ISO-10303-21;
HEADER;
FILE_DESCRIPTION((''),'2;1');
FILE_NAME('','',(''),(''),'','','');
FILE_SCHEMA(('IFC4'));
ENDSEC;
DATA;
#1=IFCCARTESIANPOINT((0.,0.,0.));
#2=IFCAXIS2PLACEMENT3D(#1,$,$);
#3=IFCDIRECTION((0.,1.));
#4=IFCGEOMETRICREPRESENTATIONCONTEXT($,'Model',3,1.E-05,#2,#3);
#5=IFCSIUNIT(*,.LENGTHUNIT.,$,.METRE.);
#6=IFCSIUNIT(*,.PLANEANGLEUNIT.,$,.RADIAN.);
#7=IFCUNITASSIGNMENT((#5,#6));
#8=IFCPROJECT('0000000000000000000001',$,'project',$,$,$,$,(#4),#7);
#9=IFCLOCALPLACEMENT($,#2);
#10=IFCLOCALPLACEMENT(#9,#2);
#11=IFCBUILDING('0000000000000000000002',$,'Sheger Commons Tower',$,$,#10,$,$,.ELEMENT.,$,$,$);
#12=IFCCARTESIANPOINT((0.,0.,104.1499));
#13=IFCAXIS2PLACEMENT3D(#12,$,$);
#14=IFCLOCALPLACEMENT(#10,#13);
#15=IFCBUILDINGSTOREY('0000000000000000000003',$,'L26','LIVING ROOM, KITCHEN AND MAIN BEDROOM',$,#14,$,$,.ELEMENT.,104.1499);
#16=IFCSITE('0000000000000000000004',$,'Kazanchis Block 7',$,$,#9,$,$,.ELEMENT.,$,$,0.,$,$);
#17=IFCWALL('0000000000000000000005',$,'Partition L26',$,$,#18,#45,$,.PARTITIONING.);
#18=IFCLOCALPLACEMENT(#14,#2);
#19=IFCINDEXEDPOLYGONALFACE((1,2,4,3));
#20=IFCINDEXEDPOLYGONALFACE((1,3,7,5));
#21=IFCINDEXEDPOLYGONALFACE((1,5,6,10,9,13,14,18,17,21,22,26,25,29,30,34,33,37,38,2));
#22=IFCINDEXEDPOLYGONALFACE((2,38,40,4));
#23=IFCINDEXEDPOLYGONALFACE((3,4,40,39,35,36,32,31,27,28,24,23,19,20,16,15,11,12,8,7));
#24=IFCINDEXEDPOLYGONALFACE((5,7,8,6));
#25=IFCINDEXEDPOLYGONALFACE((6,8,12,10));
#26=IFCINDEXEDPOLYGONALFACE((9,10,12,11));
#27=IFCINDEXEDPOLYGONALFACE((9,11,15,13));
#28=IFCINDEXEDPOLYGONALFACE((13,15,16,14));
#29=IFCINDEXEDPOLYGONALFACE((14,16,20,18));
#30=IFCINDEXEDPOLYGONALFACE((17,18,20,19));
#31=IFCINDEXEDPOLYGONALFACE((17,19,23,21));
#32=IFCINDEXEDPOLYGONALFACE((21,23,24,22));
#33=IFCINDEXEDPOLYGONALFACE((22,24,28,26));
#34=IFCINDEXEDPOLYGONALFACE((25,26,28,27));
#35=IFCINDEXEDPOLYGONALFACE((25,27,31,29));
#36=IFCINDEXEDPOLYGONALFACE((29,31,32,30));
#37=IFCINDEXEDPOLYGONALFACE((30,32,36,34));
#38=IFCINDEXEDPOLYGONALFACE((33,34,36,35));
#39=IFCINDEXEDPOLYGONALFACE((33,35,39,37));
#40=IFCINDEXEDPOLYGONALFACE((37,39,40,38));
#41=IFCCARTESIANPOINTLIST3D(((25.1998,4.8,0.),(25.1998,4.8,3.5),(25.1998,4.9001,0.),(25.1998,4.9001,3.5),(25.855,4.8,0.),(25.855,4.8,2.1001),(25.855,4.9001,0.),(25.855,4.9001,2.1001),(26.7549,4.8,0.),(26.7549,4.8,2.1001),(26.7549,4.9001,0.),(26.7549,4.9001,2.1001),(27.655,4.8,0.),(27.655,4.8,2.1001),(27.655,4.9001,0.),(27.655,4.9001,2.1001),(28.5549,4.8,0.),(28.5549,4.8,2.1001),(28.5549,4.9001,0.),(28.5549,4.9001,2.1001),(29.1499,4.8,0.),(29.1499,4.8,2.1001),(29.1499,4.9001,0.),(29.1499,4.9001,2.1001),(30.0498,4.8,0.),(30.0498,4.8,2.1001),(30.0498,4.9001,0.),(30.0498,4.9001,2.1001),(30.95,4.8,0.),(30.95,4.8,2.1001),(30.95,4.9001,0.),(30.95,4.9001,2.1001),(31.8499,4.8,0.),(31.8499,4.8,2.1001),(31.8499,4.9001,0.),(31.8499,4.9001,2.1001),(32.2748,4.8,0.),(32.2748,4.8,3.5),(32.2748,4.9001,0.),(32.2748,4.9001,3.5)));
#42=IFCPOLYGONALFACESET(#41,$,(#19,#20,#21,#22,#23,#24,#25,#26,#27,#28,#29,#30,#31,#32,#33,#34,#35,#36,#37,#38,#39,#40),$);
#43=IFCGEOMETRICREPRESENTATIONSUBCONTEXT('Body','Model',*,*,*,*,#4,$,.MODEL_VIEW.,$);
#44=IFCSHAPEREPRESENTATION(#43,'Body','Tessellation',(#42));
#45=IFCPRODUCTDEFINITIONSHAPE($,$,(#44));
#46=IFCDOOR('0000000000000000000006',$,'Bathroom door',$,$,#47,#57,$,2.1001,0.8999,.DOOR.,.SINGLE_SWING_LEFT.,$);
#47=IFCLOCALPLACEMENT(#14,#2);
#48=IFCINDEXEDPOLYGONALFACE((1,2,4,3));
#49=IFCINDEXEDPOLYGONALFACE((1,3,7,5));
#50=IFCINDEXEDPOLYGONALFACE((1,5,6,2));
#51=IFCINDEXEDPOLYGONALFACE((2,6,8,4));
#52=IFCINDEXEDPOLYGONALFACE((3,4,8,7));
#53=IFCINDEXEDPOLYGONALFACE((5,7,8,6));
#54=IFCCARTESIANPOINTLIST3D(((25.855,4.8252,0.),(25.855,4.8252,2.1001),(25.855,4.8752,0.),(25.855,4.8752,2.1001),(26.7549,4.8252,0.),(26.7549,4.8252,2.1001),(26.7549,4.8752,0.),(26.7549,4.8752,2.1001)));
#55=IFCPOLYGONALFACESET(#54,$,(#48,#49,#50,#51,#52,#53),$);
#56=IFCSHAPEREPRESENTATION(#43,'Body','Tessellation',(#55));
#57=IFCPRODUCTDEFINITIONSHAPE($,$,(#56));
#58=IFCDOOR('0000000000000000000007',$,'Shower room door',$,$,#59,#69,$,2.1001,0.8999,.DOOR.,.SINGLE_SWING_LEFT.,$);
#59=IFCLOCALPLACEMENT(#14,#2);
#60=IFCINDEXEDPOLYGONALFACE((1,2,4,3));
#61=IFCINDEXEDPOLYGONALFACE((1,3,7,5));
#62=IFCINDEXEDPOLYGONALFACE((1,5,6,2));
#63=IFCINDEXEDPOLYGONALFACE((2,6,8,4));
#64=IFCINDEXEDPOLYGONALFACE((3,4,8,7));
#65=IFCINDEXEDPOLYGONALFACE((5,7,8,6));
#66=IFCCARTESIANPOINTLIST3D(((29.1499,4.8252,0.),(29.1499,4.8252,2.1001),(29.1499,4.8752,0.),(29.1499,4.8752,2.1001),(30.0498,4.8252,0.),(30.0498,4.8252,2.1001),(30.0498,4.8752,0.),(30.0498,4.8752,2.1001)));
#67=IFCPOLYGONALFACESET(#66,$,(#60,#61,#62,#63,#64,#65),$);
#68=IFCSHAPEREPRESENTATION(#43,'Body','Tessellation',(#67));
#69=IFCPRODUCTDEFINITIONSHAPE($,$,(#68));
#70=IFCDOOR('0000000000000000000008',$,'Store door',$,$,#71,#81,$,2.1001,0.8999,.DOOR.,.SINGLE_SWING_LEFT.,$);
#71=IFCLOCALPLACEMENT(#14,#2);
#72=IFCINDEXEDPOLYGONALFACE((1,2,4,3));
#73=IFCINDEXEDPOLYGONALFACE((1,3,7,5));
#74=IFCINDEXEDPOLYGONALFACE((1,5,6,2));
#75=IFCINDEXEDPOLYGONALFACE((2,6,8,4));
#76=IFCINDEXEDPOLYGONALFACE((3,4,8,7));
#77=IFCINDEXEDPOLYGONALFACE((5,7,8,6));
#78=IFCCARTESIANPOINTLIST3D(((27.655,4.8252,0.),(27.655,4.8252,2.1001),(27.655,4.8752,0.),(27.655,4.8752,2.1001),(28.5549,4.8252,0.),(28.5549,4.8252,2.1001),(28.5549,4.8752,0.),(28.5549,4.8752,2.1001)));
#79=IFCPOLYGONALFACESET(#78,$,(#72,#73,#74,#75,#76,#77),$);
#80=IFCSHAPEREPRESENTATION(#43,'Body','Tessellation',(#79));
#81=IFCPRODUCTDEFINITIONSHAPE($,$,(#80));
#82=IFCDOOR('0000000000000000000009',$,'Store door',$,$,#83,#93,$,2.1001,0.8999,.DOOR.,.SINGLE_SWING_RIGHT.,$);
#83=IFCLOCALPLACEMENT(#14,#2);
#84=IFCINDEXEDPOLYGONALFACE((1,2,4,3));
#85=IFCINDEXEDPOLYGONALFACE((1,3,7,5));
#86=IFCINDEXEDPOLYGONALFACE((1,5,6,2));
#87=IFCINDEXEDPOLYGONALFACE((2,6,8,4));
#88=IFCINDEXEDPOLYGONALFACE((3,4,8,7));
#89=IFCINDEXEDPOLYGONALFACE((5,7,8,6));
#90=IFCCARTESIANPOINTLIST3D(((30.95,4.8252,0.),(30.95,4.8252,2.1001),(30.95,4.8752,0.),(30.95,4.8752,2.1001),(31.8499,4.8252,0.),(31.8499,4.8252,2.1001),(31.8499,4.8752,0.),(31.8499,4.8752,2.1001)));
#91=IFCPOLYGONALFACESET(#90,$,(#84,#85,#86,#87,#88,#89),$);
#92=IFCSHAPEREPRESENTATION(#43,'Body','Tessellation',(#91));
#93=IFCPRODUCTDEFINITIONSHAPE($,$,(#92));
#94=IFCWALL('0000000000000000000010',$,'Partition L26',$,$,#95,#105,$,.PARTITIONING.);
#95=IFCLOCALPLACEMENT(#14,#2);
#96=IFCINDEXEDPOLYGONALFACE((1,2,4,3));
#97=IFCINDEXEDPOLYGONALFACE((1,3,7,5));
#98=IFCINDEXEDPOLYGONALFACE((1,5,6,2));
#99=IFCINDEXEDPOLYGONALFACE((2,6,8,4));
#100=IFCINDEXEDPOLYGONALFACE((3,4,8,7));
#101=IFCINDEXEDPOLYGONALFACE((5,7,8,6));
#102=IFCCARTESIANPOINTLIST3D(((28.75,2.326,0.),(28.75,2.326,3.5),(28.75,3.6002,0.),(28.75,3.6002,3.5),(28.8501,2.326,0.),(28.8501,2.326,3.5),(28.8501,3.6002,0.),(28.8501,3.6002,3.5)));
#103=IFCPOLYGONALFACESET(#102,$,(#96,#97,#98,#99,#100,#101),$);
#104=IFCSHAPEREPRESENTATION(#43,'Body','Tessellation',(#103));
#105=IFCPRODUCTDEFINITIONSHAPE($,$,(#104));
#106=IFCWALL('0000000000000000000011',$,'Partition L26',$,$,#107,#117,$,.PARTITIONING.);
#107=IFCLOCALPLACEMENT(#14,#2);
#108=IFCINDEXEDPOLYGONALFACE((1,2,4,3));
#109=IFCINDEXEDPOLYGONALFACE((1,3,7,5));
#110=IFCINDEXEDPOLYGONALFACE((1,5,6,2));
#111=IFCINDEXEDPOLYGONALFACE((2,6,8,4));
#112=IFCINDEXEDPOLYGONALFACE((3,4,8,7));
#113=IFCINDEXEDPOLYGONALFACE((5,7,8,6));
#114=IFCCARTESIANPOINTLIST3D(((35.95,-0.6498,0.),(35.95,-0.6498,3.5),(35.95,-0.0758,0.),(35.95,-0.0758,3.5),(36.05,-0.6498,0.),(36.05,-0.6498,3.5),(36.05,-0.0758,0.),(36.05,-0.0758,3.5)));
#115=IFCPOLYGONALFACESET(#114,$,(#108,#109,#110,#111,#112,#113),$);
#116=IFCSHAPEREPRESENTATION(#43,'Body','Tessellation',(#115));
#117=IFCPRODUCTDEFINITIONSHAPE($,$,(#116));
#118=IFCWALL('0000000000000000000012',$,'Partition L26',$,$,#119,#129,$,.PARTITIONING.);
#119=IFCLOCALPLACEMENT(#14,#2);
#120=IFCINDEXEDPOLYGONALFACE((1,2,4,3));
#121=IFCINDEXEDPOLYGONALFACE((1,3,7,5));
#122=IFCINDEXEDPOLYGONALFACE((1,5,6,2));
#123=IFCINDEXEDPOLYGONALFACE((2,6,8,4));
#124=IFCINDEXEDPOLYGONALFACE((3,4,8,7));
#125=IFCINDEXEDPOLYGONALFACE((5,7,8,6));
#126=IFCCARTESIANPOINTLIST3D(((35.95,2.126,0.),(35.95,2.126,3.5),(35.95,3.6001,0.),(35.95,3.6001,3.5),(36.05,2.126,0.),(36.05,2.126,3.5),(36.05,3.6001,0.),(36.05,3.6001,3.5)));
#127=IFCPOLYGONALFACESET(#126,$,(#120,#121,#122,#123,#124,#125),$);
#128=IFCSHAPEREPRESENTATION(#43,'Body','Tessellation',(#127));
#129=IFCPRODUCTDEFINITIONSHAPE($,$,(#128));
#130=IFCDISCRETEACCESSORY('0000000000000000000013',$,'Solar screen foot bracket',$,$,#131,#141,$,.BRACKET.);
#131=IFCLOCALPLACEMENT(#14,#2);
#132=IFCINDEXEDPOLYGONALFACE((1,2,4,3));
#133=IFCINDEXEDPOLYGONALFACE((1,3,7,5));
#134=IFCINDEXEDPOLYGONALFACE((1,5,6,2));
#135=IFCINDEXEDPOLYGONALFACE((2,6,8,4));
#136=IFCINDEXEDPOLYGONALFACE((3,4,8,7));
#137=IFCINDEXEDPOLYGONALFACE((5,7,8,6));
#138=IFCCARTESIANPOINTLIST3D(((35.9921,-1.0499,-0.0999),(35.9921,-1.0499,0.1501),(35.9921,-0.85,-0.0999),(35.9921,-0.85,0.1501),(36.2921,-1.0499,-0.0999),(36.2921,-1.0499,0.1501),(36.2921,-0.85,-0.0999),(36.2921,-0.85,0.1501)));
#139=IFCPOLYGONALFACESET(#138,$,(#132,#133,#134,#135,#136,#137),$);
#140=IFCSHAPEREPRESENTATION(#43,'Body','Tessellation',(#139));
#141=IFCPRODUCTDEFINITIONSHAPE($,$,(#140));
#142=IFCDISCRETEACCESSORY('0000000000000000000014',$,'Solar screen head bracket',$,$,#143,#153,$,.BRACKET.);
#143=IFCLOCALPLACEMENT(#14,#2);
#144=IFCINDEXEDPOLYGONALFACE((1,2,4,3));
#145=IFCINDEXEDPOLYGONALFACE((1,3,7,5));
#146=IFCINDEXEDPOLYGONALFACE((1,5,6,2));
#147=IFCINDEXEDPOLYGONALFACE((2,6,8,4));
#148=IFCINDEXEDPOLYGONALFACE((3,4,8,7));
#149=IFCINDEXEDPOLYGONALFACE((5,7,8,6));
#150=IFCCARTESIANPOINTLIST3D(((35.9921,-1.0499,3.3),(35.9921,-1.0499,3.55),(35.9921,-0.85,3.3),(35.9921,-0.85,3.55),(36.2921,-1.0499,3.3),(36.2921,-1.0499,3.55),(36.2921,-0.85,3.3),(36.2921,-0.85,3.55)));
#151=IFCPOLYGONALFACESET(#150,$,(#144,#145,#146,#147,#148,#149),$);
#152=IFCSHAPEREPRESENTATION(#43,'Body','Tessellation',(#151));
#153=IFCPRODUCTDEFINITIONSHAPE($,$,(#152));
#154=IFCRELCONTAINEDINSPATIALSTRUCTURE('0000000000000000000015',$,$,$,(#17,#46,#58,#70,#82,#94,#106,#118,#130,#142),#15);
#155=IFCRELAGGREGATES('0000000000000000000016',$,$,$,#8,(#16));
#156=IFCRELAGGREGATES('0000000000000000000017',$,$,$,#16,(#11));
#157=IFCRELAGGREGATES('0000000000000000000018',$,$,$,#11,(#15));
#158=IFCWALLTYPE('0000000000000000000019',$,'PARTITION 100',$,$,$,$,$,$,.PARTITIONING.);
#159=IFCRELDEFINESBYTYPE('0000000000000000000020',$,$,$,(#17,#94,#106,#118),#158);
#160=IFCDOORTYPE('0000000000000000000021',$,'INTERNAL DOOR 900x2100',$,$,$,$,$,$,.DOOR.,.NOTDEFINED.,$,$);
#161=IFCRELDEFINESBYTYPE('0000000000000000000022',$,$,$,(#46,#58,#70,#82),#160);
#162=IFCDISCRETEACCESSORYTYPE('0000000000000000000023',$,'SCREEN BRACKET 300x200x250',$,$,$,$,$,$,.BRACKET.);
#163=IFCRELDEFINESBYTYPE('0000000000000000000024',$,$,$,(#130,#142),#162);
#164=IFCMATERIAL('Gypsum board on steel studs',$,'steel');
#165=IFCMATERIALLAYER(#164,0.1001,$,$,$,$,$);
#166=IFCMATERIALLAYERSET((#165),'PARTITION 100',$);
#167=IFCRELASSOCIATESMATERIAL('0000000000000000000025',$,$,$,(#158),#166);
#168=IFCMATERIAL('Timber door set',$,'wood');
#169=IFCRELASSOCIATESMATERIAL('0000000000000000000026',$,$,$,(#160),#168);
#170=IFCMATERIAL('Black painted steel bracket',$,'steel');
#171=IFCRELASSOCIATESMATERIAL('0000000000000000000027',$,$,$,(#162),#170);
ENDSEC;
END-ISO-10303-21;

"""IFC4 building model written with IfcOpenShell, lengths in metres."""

from ifc_helpers import new_model, si_unit, direction, frame, frame_2d, origin, origin_2d, place, context, subcontext, project, spatial, rectangle, extrude, material, layer, layer_set, type_object, element, fill, save


model = new_model("IFC4")

# Units and contexts
model_context = context("Model", 3, precision=1e-05, world=origin(), true_north=direction((0.0, 1.0)))
body_context = subcontext(model_context, "Body", "Model", "MODEL_VIEW")
ifc_project = project(units=[si_unit("LENGTHUNIT", "METRE"), si_unit("PLANEANGLEUNIT", "RADIAN")], contexts=[model_context])

# Site, building, storey
site_placement = place(None, origin())
site = spatial("IfcSite", under=ifc_project, at=site_placement, Name="Kazanchis Block 7", CompositionType="ELEMENT", RefElevation=0.0)
building_placement = place(site_placement, origin())
building = spatial("IfcBuilding", under=site, at=building_placement, Name="Sheger Commons Tower", CompositionType="ELEMENT")
storey_placement = place(building_placement, frame((0.0, 0.0, 104.1499)))
storey = spatial("IfcBuildingStorey", under=building, at=storey_placement, Name="L26", Description="LIVING ROOM, KITCHEN AND MAIN BEDROOM", CompositionType="ELEMENT", Elevation=104.1499)

# Wall, openings, doors
ifc_material_1 = material(Name="Gypsum board on steel studs", Category="steel")
ifc_layer_1 = layer(ifc_material_1, 0.1001)
ifc_layer_set_1 = layer_set([ifc_layer_1], Name="PARTITION 100")
wall_type_1 = type_object("IfcWallType", Name="PARTITION 100", PredefinedType="PARTITIONING", material=ifc_layer_set_1)
ifc_material_2 = material(Name="Timber door set", Category="wood")
door_type = type_object("IfcDoorType", Name="INTERNAL DOOR 900x2100", OperationType="NOTDEFINED", PredefinedType="DOOR", material=ifc_material_2)
wall_1_placement = place(storey_placement, frame((32.2749, 4.8501, 0.0), z_axis=(0.0, 0.0, 1.0), x_axis=(-1.0, 0.0, 0.0)))
wall_1 = element("IfcWall", 1, at=wall_1_placement, inside=storey, type_object=wall_type_1, Name="Partition L26", PredefinedType="PARTITIONING", context=body_context, shape_type="SweptSolid", body=[
    extrude(rectangle(XDim=7.075, YDim=0.1001, at=frame_2d((3.5376, 0.0))), origin(), (0.0, 0.0, 1.0), 3.5),
])
opening_1_placement = place(wall_1_placement, frame((5.52, 0.0, 0.0)))
opening_1 = element("IfcOpeningElement", 2, at=opening_1_placement, cuts=wall_1, PredefinedType="OPENING", context=body_context, shape_type="SweptSolid", body=[
    extrude(rectangle(XDim=0.8999, YDim=2.1001, at=frame_2d((0.45, 1.05))), frame((0.0, 0.0601, 0.0), z_axis=(0.0, -1.0, 0.0), x_axis=(1.0, 0.0, 0.0)), (0.0, 0.0, 1.0), 0.1201),
])
opening_2_placement = place(wall_1_placement, frame((2.2251, 0.0, 0.0)))
opening_2 = element("IfcOpeningElement", 3, at=opening_2_placement, cuts=wall_1, PredefinedType="OPENING", context=body_context, shape_type="SweptSolid", body=[
    extrude(rectangle(XDim=0.8999, YDim=2.1001, at=frame_2d((0.45, 1.05))), frame((0.0, 0.0601, 0.0), z_axis=(0.0, -1.0, 0.0), x_axis=(1.0, 0.0, 0.0)), (0.0, 0.0, 1.0), 0.1201),
])
opening_3_placement = place(wall_1_placement, frame((3.72, 0.0, 0.0)))
opening_3 = element("IfcOpeningElement", 4, at=opening_3_placement, cuts=wall_1, PredefinedType="OPENING", context=body_context, shape_type="SweptSolid", body=[
    extrude(rectangle(XDim=0.8999, YDim=2.1001, at=frame_2d((0.45, 1.05))), frame((0.0, 0.0601, 0.0), z_axis=(0.0, -1.0, 0.0), x_axis=(1.0, 0.0, 0.0)), (0.0, 0.0, 1.0), 0.1201),
])
opening_4_placement = place(wall_1_placement, frame((0.425, 0.0, 0.0)))
opening_4 = element("IfcOpeningElement", 5, at=opening_4_placement, cuts=wall_1, PredefinedType="OPENING", context=body_context, shape_type="SweptSolid", body=[
    extrude(rectangle(XDim=0.8999, YDim=2.1001, at=frame_2d((0.45, 1.05))), frame((0.0, 0.0601, 0.0), z_axis=(0.0, -1.0, 0.0), x_axis=(1.0, 0.0, 0.0)), (0.0, 0.0, 1.0), 0.1201),
])
door_1_placement = place(opening_1_placement, origin())
door_1 = element("IfcDoor", 6, at=door_1_placement, inside=storey, type_object=door_type, Name="Bathroom door", OperationType="SINGLE_SWING_LEFT", OverallHeight=2.1001, OverallWidth=0.8999, PredefinedType="DOOR", context=body_context, shape_type="SweptSolid", body=[
    extrude(rectangle(XDim=0.8999, YDim=2.1001, at=frame_2d((0.45, 1.05))), frame((0.0, 0.0249, 0.0), z_axis=(0.0, -1.0, 0.0), x_axis=(1.0, 0.0, 0.0)), (0.0, 0.0, 1.0), 0.05),
])
fill(opening_1, door_1)
door_2_placement = place(opening_2_placement, origin())
door_2 = element("IfcDoor", 7, at=door_2_placement, inside=storey, type_object=door_type, Name="Shower room door", OperationType="SINGLE_SWING_LEFT", OverallHeight=2.1001, OverallWidth=0.8999, PredefinedType="DOOR", context=body_context, shape_type="SweptSolid", body=[
    extrude(rectangle(XDim=0.8999, YDim=2.1001, at=frame_2d((0.45, 1.05))), frame((0.0, 0.0249, 0.0), z_axis=(0.0, -1.0, 0.0), x_axis=(1.0, 0.0, 0.0)), (0.0, 0.0, 1.0), 0.05),
])
fill(opening_2, door_2)
door_3_placement = place(opening_3_placement, origin())
door_3 = element("IfcDoor", 8, at=door_3_placement, inside=storey, type_object=door_type, Name="Store door", OperationType="SINGLE_SWING_LEFT", OverallHeight=2.1001, OverallWidth=0.8999, PredefinedType="DOOR", context=body_context, shape_type="SweptSolid", body=[
    extrude(rectangle(XDim=0.8999, YDim=2.1001, at=frame_2d((0.45, 1.05))), frame((0.0, 0.0249, 0.0), z_axis=(0.0, -1.0, 0.0), x_axis=(1.0, 0.0, 0.0)), (0.0, 0.0, 1.0), 0.05),
])
fill(opening_3, door_3)
door_4_placement = place(opening_4_placement, origin())
door_4 = element("IfcDoor", 9, at=door_4_placement, inside=storey, type_object=door_type, Name="Store door", OperationType="SINGLE_SWING_RIGHT", OverallHeight=2.1001, OverallWidth=0.8999, PredefinedType="DOOR", context=body_context, shape_type="SweptSolid", body=[
    extrude(rectangle(XDim=0.8999, YDim=2.1001, at=frame_2d((0.45, 1.05))), frame((0.0, 0.0249, 0.0), z_axis=(0.0, -1.0, 0.0), x_axis=(1.0, 0.0, 0.0)), (0.0, 0.0, 1.0), 0.05),
])
fill(opening_4, door_4)

# Walls
wall_2_placement = place(storey_placement, frame((28.8, 2.3259, 0.0), z_axis=(0.0, 0.0, 1.0), x_axis=(0.0, 1.0, 0.0)))
element("IfcWall", 10, at=wall_2_placement, inside=storey, type_object=wall_type_1, Name="Partition L26", PredefinedType="PARTITIONING", context=body_context, shape_type="SweptSolid", body=[
    extrude(rectangle(XDim=1.2742, YDim=0.1001, at=frame_2d((0.6372, 0.0))), origin(), (0.0, 0.0, 1.0), 3.5),
])
wall_3_placement = place(storey_placement, frame((36.0, -0.6499, 0.0), z_axis=(0.0, 0.0, 1.0), x_axis=(0.0, 1.0, 0.0)))
element("IfcWall", 11, at=wall_3_placement, inside=storey, type_object=wall_type_1, Name="Partition L26", PredefinedType="PARTITIONING", context=body_context, shape_type="SweptSolid", body=[
    extrude(rectangle(XDim=0.574, YDim=0.1001, at=frame_2d((0.2871, 0.0))), origin(), (0.0, 0.0, 1.0), 3.5),
])
wall_4_placement = place(storey_placement, frame((36.0, 2.126, 0.0), z_axis=(0.0, 0.0, 1.0), x_axis=(0.0, 1.0, 0.0)))
element("IfcWall", 12, at=wall_4_placement, inside=storey, type_object=wall_type_1, Name="Partition L26", PredefinedType="PARTITIONING", context=body_context, shape_type="SweptSolid", body=[
    extrude(rectangle(XDim=1.4741, YDim=0.1001, at=frame_2d((0.7371, 0.0))), origin(), (0.0, 0.0, 1.0), 3.5),
])

# Discrete accessories
ifc_material_3 = material(Name="Black painted steel bracket", Category="steel")
discrete_accessory_type = type_object("IfcDiscreteAccessoryType", Name="SCREEN BRACKET 300x200x250", PredefinedType="BRACKET", material=ifc_material_3)
for number, where, z_axis, x_axis, name in (
    (13, (36.1421, -0.95, -0.0999), (0.0, 0.0, 1.0), (1.0, 0.0, 0.0), "Solar screen foot bracket"),
    (14, (36.1421, -0.95, 3.3), (0.0, 0.0, 1.0), (1.0, 0.0, 0.0), "Solar screen head bracket"),
):
    element("IfcDiscreteAccessory", number, at=place(storey_placement, frame(where, z_axis=z_axis, x_axis=x_axis)), inside=storey, type_object=discrete_accessory_type, Name=name, PredefinedType="BRACKET", context=body_context, shape_type="SweptSolid", body=[
        extrude(rectangle(XDim=0.3, YDim=0.2, at=origin_2d()), origin(), (0.0, 0.0, 1.0), 0.25),
    ])

save(model, "model.ifc")
